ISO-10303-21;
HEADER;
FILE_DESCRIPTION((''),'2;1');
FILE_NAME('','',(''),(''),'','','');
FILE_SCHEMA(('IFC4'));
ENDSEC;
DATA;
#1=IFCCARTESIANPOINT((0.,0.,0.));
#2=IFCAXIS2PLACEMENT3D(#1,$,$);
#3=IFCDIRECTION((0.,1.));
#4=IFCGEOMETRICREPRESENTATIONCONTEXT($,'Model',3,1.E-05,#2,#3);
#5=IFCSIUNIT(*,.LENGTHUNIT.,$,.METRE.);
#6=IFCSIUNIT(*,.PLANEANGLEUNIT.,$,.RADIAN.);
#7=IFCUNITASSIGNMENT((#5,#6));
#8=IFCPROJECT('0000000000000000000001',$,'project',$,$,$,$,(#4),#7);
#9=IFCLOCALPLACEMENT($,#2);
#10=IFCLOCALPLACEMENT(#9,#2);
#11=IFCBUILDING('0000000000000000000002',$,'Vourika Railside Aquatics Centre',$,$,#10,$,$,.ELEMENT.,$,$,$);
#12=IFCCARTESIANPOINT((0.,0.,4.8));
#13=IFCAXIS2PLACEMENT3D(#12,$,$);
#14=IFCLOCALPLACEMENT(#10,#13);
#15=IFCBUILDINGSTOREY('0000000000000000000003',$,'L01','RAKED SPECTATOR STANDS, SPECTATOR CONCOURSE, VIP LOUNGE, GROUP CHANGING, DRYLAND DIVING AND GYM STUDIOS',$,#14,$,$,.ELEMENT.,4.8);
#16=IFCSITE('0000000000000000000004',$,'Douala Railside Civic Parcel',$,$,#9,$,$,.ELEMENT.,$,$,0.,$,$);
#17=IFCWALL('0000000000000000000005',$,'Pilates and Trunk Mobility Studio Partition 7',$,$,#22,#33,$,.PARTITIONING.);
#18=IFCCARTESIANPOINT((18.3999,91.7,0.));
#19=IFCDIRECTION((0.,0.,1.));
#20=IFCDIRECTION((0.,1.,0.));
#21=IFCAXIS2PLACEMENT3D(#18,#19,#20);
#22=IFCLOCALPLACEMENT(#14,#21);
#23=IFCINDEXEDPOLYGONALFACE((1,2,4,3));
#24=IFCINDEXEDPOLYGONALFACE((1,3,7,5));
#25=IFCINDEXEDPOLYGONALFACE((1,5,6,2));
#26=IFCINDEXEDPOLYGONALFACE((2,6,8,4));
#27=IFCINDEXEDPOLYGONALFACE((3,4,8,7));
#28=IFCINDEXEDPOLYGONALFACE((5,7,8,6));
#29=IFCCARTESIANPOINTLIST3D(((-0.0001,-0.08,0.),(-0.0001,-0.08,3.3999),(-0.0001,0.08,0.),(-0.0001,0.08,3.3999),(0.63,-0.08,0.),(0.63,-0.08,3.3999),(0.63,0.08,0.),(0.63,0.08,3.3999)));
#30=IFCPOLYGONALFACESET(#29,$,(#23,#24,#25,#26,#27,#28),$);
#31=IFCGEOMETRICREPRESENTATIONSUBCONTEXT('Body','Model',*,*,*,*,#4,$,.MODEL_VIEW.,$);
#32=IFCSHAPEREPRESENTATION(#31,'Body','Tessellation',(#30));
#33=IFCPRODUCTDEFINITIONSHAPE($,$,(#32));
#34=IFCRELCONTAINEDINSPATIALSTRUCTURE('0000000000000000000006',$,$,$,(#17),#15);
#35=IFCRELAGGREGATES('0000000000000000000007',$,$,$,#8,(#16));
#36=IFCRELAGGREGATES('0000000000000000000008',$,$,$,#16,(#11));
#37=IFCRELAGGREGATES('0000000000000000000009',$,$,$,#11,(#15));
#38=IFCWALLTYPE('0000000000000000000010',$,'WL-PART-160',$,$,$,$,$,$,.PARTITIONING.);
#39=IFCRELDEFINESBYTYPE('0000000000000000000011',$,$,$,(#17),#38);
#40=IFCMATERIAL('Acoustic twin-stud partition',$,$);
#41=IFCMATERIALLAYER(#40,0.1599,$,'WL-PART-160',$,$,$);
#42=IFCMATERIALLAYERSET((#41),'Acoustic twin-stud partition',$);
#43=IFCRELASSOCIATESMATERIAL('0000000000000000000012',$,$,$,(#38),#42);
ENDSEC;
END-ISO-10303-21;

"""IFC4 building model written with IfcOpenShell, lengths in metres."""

from ifc_helpers import new_model, si_unit, direction, frame, frame_2d, origin, place, context, subcontext, project, spatial, rectangle, extrude, material, layer, layer_set, type_object, element, save


model = new_model("IFC4")

# Units and contexts
model_context = context("Model", 3, precision=1e-05, world=origin(), true_north=direction((0.0, 1.0)))
body_context = subcontext(model_context, "Body", "Model", "MODEL_VIEW")
ifc_project = project(units=[si_unit("LENGTHUNIT", "METRE"), si_unit("PLANEANGLEUNIT", "RADIAN")], contexts=[model_context])

# Site, building, storey
site_placement = place(None, origin())
site = spatial("IfcSite", under=ifc_project, at=site_placement, Name="Douala Railside Civic Parcel", CompositionType="ELEMENT", RefElevation=0.0)
building_placement = place(site_placement, origin())
building = spatial("IfcBuilding", under=site, at=building_placement, Name="Vourika Railside Aquatics Centre", CompositionType="ELEMENT")
storey_placement = place(building_placement, frame((0.0, 0.0, 4.8)))
storey = spatial("IfcBuildingStorey", under=building, at=storey_placement, Name="L01", Description="RAKED SPECTATOR STANDS, SPECTATOR CONCOURSE, VIP LOUNGE, GROUP CHANGING, DRYLAND DIVING AND GYM STUDIOS", CompositionType="ELEMENT", Elevation=4.8)

# Wall
ifc_material_1 = material(Name="Acoustic twin-stud partition")
ifc_layer_1 = layer(ifc_material_1, 0.1599, Name="WL-PART-160")
ifc_layer_set_1 = layer_set([ifc_layer_1], Name="Acoustic twin-stud partition")
wall_type_1 = type_object("IfcWallType", Name="WL-PART-160", PredefinedType="PARTITIONING", material=ifc_layer_set_1)
wall_1_placement = place(storey_placement, frame((18.3999, 91.7, 0.0), z_axis=(0.0, 0.0, 1.0), x_axis=(0.0, 1.0, 0.0)))
element("IfcWall", 1, at=wall_1_placement, inside=storey, type_object=wall_type_1, Name="Pilates and Trunk Mobility Studio Partition 7", PredefinedType="PARTITIONING", context=body_context, shape_type="SweptSolid", body=[
    extrude(rectangle(XDim=0.6301, YDim=0.1599, at=frame_2d((0.3149, 0.0))), origin(), (0.0, 0.0, 1.0), 3.3999),
])

save(model, "model.ifc")
